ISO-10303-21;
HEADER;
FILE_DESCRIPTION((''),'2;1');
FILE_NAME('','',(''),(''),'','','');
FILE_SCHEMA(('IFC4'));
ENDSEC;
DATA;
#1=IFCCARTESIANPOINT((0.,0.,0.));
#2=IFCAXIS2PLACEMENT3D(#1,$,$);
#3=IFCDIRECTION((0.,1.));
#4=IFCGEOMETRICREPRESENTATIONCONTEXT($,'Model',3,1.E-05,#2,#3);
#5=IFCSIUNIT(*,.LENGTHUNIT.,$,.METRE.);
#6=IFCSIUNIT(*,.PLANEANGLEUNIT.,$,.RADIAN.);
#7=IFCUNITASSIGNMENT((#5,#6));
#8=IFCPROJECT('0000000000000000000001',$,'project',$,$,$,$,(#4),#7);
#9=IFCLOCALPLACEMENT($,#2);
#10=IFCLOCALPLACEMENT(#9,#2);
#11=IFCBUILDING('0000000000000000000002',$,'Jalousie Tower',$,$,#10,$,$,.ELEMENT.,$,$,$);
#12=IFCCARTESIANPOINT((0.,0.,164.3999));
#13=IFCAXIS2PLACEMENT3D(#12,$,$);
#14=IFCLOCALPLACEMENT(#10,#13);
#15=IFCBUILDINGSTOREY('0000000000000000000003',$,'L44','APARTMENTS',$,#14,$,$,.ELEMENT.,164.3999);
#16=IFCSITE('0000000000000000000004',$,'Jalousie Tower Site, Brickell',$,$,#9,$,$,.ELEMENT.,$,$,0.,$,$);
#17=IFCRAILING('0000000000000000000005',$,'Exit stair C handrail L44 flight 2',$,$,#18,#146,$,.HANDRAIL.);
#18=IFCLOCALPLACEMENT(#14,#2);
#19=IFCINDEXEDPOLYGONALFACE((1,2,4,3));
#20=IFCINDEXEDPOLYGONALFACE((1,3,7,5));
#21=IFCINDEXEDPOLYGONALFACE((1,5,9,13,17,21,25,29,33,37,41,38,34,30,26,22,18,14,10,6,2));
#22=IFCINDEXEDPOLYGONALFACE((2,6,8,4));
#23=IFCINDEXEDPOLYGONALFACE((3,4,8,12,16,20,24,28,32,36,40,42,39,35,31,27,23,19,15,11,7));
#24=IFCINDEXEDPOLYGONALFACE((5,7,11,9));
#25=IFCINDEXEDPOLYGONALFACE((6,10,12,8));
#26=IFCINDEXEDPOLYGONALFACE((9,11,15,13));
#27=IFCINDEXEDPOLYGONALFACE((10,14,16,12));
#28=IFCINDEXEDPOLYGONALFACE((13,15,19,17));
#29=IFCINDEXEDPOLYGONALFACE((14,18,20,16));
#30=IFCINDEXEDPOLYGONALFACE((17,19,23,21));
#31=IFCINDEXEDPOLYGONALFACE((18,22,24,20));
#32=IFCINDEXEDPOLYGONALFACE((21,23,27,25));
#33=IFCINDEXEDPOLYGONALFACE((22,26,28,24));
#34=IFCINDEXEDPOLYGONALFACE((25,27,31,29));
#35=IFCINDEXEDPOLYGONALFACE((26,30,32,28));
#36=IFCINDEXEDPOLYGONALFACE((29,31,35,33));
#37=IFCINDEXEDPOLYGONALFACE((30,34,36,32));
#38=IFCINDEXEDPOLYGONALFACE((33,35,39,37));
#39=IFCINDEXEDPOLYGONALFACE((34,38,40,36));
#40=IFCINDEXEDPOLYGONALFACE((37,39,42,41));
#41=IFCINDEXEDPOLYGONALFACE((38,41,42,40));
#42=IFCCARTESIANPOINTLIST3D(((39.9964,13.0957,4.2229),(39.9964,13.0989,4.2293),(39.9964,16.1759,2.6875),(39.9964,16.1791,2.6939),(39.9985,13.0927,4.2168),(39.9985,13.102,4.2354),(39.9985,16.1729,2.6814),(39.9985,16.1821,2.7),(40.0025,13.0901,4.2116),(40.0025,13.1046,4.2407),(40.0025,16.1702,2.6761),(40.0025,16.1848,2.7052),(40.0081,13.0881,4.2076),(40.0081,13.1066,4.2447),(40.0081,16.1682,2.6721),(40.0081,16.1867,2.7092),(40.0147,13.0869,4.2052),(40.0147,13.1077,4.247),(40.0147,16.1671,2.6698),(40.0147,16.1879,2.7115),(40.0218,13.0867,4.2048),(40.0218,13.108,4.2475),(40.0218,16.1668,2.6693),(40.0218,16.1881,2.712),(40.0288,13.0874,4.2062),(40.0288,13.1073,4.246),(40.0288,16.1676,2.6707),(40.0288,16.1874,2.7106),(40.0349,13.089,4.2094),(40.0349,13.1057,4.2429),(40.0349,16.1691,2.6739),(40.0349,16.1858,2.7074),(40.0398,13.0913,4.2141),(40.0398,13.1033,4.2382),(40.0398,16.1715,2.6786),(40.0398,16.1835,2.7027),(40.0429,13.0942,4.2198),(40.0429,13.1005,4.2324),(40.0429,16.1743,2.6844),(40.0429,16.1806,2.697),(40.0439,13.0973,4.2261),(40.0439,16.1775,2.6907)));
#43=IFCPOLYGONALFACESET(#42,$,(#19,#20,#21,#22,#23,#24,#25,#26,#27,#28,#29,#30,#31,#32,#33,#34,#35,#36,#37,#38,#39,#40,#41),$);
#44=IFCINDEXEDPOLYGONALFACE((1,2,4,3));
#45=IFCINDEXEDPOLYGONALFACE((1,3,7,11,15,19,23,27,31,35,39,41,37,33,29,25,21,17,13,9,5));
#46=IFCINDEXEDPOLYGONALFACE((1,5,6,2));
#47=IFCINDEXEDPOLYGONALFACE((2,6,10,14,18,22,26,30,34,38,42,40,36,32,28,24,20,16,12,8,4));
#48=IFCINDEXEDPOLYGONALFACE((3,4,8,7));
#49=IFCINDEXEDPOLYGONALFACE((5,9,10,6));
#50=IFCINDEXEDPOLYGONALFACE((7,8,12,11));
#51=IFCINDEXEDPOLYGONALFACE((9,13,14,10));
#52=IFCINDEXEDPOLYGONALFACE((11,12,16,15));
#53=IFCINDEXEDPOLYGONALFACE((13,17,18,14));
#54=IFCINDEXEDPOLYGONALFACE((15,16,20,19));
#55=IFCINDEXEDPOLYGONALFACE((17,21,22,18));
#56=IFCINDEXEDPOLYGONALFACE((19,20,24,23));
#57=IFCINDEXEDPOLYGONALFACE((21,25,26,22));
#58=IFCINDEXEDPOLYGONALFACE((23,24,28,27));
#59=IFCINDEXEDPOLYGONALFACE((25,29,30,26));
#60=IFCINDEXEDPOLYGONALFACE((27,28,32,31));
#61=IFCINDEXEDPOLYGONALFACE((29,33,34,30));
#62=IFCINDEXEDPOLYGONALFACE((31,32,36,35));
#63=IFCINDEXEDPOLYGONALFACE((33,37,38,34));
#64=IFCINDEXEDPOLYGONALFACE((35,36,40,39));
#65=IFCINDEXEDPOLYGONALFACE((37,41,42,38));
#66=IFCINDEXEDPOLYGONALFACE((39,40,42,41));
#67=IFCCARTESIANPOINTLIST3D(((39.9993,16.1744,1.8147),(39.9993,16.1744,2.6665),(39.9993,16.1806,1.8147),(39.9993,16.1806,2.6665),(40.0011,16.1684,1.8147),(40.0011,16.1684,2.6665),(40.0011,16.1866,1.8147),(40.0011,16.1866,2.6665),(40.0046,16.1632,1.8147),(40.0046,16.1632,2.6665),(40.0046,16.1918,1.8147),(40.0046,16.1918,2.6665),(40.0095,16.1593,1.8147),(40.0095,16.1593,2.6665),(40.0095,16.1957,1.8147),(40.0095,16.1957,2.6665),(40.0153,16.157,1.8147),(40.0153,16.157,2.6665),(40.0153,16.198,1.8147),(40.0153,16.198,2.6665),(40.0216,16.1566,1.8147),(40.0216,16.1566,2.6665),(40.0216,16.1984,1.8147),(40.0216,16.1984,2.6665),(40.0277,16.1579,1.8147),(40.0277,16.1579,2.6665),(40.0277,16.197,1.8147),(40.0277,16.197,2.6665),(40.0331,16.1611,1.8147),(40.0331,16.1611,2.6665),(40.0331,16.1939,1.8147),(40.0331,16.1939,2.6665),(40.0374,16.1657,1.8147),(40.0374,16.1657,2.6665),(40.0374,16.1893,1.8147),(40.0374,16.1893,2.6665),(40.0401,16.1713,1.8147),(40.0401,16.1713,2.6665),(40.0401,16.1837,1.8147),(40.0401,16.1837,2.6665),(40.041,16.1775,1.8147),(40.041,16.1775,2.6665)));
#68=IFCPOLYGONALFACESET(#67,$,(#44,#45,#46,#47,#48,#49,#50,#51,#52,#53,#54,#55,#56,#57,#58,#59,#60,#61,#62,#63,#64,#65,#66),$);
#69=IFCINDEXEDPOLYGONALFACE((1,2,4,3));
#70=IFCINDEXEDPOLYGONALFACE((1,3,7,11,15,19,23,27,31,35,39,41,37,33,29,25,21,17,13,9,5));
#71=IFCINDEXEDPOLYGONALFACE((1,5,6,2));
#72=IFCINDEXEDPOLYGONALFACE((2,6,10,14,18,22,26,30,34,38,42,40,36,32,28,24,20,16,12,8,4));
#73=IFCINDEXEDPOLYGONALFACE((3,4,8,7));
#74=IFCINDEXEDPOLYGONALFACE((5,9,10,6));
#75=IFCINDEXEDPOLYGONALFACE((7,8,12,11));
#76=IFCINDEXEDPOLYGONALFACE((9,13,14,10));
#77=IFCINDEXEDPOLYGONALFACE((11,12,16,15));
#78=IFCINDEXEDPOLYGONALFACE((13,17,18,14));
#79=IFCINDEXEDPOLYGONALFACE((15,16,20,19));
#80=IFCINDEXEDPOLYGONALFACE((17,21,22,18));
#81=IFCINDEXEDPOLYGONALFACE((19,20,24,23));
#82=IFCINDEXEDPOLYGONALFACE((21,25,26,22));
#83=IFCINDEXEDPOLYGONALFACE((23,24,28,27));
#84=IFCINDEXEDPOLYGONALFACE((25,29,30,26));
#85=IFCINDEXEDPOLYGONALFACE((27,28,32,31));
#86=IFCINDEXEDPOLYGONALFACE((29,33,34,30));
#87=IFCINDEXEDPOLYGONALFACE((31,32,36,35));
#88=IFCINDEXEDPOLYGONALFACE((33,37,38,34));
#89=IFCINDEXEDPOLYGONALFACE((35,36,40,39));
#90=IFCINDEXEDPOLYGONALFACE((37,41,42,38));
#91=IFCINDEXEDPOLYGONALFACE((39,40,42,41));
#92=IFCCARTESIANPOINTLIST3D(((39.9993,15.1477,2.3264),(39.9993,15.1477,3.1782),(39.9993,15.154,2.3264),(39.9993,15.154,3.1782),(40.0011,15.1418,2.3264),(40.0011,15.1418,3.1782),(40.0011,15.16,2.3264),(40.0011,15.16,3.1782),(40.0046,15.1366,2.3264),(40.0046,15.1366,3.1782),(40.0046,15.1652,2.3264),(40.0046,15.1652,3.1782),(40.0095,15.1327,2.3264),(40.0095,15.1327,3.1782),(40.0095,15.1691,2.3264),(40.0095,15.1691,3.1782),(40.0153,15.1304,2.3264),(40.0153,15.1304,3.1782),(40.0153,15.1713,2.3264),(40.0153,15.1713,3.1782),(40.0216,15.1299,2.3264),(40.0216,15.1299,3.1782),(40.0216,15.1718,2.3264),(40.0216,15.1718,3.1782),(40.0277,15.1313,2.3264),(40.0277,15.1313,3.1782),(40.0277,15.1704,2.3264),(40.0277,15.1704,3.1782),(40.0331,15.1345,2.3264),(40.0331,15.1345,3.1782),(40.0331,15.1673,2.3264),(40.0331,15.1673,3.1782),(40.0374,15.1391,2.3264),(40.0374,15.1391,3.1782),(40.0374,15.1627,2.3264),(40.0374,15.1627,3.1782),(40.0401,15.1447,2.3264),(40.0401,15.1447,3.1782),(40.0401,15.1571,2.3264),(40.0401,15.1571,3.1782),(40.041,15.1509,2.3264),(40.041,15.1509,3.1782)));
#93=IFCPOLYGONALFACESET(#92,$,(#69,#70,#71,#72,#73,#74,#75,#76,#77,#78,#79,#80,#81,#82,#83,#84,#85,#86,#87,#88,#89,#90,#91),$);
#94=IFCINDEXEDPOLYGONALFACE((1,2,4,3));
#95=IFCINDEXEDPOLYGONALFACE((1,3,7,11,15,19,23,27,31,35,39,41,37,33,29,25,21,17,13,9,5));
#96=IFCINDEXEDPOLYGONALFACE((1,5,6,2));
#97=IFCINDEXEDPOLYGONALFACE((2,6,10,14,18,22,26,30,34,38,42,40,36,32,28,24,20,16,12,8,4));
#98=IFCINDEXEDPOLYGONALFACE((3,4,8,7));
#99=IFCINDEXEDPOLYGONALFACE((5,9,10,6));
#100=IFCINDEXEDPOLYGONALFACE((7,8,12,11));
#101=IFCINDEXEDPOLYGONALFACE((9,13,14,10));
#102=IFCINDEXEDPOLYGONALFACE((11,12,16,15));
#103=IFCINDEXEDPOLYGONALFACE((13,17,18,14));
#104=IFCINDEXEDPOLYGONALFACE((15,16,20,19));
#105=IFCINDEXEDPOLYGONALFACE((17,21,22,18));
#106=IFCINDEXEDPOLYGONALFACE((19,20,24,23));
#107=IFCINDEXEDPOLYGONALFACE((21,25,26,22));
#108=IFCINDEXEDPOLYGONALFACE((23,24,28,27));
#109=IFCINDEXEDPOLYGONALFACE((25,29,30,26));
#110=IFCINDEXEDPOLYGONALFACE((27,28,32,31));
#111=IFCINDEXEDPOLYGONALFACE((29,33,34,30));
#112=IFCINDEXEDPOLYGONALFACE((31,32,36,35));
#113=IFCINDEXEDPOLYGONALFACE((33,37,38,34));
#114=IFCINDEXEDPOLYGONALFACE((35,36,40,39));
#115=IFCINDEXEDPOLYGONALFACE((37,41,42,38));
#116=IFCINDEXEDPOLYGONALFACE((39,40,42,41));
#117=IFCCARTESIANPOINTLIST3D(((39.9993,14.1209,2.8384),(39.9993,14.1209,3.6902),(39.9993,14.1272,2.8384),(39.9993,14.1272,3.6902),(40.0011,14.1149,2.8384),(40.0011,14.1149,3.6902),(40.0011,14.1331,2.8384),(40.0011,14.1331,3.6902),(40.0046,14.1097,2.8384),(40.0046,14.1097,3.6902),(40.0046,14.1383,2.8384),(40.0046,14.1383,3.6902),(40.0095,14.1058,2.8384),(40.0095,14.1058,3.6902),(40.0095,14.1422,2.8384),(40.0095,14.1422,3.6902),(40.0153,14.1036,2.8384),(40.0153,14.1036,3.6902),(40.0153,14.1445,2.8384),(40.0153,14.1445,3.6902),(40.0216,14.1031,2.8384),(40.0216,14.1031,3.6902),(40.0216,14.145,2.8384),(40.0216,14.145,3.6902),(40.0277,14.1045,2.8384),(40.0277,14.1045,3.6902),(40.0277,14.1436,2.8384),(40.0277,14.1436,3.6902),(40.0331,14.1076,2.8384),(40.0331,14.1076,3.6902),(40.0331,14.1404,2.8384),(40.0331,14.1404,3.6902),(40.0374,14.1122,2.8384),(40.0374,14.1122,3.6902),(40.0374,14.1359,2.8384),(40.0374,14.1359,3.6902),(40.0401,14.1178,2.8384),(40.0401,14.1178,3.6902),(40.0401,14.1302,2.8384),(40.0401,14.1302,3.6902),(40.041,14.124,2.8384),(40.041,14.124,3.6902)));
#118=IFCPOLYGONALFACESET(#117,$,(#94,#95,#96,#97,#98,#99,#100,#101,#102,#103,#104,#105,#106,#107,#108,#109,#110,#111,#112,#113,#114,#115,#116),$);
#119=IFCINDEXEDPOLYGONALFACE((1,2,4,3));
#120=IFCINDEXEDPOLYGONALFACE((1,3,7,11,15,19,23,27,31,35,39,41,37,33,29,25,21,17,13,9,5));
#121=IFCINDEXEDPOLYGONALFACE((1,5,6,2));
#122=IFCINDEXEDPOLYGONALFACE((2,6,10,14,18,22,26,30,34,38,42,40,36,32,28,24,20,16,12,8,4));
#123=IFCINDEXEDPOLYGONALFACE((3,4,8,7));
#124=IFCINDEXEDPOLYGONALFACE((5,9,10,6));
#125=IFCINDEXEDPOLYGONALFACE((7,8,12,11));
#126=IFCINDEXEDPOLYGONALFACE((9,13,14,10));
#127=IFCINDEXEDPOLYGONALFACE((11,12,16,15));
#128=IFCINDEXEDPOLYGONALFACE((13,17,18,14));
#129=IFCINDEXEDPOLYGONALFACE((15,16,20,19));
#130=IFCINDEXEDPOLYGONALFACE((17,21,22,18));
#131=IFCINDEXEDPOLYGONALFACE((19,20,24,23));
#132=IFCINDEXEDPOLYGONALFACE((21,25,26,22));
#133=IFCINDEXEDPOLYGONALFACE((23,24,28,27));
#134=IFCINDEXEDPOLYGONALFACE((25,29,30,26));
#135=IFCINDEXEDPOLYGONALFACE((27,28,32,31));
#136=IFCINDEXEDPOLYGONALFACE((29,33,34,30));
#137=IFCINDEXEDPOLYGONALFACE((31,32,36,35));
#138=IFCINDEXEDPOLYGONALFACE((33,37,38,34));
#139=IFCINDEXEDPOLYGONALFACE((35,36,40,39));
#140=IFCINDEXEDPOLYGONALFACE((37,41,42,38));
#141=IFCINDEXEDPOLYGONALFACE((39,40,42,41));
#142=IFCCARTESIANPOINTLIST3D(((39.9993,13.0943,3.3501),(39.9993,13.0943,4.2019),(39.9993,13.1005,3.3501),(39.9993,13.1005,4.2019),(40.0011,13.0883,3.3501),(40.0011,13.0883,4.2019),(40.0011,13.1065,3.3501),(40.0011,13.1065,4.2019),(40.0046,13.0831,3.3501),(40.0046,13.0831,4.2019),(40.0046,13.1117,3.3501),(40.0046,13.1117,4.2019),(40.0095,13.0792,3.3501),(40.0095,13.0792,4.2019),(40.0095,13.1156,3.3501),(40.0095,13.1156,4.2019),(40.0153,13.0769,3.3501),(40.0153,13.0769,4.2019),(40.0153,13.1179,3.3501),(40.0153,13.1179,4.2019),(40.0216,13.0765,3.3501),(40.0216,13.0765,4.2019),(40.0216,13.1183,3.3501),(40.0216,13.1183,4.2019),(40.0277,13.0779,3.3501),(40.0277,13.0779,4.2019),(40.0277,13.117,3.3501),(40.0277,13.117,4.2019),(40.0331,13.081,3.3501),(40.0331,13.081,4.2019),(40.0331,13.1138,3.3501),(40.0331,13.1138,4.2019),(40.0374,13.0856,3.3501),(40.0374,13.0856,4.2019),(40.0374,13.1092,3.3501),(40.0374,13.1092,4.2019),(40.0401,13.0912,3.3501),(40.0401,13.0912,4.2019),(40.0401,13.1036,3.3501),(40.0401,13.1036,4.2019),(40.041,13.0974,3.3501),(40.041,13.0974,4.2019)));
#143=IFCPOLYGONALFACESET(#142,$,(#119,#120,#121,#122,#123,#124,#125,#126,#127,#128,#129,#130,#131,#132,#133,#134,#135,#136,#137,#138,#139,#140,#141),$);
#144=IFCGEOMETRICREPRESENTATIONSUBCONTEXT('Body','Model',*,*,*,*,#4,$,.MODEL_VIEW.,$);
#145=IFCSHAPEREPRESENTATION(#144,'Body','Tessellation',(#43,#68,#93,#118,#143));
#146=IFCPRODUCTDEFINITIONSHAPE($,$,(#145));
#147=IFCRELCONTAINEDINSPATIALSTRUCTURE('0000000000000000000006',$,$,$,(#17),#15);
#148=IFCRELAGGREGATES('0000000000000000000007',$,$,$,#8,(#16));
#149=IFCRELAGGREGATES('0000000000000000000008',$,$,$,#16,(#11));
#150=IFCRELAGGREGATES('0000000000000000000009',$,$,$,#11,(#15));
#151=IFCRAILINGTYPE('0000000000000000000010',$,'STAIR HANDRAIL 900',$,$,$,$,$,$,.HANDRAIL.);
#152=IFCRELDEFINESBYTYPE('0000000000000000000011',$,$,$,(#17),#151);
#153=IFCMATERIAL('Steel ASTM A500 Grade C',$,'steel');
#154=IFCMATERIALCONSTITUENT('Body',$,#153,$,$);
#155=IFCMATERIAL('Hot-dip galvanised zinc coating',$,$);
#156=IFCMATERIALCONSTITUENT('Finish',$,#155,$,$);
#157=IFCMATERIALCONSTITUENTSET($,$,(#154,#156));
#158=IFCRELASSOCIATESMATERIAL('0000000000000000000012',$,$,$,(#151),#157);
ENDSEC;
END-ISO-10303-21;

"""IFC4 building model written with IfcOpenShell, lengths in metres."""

from ifc_helpers import new_model, si_unit, direction, frame, origin, origin_2d, place, context, subcontext, project, spatial, circle, extrude, material, constituent, constituent_set, type_object, element, save


model = new_model("IFC4")

# Units and contexts
model_context = context("Model", 3, precision=1e-05, world=origin(), true_north=direction((0.0, 1.0)))
body_context = subcontext(model_context, "Body", "Model", "MODEL_VIEW")
ifc_project = project(units=[si_unit("LENGTHUNIT", "METRE"), si_unit("PLANEANGLEUNIT", "RADIAN")], contexts=[model_context])

# Site, building, storey
site_placement = place(None, origin())
site = spatial("IfcSite", under=ifc_project, at=site_placement, Name="Jalousie Tower Site, Brickell", CompositionType="ELEMENT", RefElevation=0.0)
building_placement = place(site_placement, origin())
building = spatial("IfcBuilding", under=site, at=building_placement, Name="Jalousie Tower", CompositionType="ELEMENT")
storey_placement = place(building_placement, frame((0.0, 0.0, 164.3999)))
storey = spatial("IfcBuildingStorey", under=building, at=storey_placement, Name="L44", Description="APARTMENTS", CompositionType="ELEMENT", Elevation=164.3999)

# Railing
ifc_material_1 = material(Name="Steel ASTM A500 Grade C", Category="steel")
ifc_constituent_1 = constituent(ifc_material_1, Name="Body")
ifc_material_2 = material(Name="Hot-dip galvanised zinc coating")
ifc_constituent_2 = constituent(ifc_material_2, Name="Finish")
ifc_constituent_set_1 = constituent_set(constituents=[ifc_constituent_1, ifc_constituent_2])
railing_type_1 = type_object("IfcRailingType", Name="STAIR HANDRAIL 900", PredefinedType="HANDRAIL", material=ifc_constituent_set_1)
railing_1_placement = place(storey_placement, frame((40.02, 16.1775, 1.8147)))
element("IfcRailing", 1, at=railing_1_placement, inside=storey, type_object=railing_type_1, Name="Exit stair C handrail L44 flight 2", PredefinedType="HANDRAIL", context=body_context, shape_type="SweptSolid", body=[
    extrude(circle(Radius=0.0239, at=origin_2d()), frame((0.0, 0.0, 0.876), z_axis=(0.0, -0.894966, 0.446135), x_axis=(1.0, 0.0, 0.0)), (0.0, 0.0, 1.0), 3.4417),
    extrude(circle(Radius=0.021, at=origin_2d()), origin(), (0.0, 0.0, 1.0), 0.8518),
    extrude(circle(Radius=0.021, at=origin_2d()), frame((0.0, -1.0266, 0.5117)), (0.0, 0.0, 1.0), 0.8518),
    extrude(circle(Radius=0.021, at=origin_2d()), frame((0.0, -2.0535, 1.0237)), (0.0, 0.0, 1.0), 0.8518),
    extrude(circle(Radius=0.021, at=origin_2d()), frame((0.0, -3.0801, 1.5354)), (0.0, 0.0, 1.0), 0.8518),
])

save(model, "model.ifc")
